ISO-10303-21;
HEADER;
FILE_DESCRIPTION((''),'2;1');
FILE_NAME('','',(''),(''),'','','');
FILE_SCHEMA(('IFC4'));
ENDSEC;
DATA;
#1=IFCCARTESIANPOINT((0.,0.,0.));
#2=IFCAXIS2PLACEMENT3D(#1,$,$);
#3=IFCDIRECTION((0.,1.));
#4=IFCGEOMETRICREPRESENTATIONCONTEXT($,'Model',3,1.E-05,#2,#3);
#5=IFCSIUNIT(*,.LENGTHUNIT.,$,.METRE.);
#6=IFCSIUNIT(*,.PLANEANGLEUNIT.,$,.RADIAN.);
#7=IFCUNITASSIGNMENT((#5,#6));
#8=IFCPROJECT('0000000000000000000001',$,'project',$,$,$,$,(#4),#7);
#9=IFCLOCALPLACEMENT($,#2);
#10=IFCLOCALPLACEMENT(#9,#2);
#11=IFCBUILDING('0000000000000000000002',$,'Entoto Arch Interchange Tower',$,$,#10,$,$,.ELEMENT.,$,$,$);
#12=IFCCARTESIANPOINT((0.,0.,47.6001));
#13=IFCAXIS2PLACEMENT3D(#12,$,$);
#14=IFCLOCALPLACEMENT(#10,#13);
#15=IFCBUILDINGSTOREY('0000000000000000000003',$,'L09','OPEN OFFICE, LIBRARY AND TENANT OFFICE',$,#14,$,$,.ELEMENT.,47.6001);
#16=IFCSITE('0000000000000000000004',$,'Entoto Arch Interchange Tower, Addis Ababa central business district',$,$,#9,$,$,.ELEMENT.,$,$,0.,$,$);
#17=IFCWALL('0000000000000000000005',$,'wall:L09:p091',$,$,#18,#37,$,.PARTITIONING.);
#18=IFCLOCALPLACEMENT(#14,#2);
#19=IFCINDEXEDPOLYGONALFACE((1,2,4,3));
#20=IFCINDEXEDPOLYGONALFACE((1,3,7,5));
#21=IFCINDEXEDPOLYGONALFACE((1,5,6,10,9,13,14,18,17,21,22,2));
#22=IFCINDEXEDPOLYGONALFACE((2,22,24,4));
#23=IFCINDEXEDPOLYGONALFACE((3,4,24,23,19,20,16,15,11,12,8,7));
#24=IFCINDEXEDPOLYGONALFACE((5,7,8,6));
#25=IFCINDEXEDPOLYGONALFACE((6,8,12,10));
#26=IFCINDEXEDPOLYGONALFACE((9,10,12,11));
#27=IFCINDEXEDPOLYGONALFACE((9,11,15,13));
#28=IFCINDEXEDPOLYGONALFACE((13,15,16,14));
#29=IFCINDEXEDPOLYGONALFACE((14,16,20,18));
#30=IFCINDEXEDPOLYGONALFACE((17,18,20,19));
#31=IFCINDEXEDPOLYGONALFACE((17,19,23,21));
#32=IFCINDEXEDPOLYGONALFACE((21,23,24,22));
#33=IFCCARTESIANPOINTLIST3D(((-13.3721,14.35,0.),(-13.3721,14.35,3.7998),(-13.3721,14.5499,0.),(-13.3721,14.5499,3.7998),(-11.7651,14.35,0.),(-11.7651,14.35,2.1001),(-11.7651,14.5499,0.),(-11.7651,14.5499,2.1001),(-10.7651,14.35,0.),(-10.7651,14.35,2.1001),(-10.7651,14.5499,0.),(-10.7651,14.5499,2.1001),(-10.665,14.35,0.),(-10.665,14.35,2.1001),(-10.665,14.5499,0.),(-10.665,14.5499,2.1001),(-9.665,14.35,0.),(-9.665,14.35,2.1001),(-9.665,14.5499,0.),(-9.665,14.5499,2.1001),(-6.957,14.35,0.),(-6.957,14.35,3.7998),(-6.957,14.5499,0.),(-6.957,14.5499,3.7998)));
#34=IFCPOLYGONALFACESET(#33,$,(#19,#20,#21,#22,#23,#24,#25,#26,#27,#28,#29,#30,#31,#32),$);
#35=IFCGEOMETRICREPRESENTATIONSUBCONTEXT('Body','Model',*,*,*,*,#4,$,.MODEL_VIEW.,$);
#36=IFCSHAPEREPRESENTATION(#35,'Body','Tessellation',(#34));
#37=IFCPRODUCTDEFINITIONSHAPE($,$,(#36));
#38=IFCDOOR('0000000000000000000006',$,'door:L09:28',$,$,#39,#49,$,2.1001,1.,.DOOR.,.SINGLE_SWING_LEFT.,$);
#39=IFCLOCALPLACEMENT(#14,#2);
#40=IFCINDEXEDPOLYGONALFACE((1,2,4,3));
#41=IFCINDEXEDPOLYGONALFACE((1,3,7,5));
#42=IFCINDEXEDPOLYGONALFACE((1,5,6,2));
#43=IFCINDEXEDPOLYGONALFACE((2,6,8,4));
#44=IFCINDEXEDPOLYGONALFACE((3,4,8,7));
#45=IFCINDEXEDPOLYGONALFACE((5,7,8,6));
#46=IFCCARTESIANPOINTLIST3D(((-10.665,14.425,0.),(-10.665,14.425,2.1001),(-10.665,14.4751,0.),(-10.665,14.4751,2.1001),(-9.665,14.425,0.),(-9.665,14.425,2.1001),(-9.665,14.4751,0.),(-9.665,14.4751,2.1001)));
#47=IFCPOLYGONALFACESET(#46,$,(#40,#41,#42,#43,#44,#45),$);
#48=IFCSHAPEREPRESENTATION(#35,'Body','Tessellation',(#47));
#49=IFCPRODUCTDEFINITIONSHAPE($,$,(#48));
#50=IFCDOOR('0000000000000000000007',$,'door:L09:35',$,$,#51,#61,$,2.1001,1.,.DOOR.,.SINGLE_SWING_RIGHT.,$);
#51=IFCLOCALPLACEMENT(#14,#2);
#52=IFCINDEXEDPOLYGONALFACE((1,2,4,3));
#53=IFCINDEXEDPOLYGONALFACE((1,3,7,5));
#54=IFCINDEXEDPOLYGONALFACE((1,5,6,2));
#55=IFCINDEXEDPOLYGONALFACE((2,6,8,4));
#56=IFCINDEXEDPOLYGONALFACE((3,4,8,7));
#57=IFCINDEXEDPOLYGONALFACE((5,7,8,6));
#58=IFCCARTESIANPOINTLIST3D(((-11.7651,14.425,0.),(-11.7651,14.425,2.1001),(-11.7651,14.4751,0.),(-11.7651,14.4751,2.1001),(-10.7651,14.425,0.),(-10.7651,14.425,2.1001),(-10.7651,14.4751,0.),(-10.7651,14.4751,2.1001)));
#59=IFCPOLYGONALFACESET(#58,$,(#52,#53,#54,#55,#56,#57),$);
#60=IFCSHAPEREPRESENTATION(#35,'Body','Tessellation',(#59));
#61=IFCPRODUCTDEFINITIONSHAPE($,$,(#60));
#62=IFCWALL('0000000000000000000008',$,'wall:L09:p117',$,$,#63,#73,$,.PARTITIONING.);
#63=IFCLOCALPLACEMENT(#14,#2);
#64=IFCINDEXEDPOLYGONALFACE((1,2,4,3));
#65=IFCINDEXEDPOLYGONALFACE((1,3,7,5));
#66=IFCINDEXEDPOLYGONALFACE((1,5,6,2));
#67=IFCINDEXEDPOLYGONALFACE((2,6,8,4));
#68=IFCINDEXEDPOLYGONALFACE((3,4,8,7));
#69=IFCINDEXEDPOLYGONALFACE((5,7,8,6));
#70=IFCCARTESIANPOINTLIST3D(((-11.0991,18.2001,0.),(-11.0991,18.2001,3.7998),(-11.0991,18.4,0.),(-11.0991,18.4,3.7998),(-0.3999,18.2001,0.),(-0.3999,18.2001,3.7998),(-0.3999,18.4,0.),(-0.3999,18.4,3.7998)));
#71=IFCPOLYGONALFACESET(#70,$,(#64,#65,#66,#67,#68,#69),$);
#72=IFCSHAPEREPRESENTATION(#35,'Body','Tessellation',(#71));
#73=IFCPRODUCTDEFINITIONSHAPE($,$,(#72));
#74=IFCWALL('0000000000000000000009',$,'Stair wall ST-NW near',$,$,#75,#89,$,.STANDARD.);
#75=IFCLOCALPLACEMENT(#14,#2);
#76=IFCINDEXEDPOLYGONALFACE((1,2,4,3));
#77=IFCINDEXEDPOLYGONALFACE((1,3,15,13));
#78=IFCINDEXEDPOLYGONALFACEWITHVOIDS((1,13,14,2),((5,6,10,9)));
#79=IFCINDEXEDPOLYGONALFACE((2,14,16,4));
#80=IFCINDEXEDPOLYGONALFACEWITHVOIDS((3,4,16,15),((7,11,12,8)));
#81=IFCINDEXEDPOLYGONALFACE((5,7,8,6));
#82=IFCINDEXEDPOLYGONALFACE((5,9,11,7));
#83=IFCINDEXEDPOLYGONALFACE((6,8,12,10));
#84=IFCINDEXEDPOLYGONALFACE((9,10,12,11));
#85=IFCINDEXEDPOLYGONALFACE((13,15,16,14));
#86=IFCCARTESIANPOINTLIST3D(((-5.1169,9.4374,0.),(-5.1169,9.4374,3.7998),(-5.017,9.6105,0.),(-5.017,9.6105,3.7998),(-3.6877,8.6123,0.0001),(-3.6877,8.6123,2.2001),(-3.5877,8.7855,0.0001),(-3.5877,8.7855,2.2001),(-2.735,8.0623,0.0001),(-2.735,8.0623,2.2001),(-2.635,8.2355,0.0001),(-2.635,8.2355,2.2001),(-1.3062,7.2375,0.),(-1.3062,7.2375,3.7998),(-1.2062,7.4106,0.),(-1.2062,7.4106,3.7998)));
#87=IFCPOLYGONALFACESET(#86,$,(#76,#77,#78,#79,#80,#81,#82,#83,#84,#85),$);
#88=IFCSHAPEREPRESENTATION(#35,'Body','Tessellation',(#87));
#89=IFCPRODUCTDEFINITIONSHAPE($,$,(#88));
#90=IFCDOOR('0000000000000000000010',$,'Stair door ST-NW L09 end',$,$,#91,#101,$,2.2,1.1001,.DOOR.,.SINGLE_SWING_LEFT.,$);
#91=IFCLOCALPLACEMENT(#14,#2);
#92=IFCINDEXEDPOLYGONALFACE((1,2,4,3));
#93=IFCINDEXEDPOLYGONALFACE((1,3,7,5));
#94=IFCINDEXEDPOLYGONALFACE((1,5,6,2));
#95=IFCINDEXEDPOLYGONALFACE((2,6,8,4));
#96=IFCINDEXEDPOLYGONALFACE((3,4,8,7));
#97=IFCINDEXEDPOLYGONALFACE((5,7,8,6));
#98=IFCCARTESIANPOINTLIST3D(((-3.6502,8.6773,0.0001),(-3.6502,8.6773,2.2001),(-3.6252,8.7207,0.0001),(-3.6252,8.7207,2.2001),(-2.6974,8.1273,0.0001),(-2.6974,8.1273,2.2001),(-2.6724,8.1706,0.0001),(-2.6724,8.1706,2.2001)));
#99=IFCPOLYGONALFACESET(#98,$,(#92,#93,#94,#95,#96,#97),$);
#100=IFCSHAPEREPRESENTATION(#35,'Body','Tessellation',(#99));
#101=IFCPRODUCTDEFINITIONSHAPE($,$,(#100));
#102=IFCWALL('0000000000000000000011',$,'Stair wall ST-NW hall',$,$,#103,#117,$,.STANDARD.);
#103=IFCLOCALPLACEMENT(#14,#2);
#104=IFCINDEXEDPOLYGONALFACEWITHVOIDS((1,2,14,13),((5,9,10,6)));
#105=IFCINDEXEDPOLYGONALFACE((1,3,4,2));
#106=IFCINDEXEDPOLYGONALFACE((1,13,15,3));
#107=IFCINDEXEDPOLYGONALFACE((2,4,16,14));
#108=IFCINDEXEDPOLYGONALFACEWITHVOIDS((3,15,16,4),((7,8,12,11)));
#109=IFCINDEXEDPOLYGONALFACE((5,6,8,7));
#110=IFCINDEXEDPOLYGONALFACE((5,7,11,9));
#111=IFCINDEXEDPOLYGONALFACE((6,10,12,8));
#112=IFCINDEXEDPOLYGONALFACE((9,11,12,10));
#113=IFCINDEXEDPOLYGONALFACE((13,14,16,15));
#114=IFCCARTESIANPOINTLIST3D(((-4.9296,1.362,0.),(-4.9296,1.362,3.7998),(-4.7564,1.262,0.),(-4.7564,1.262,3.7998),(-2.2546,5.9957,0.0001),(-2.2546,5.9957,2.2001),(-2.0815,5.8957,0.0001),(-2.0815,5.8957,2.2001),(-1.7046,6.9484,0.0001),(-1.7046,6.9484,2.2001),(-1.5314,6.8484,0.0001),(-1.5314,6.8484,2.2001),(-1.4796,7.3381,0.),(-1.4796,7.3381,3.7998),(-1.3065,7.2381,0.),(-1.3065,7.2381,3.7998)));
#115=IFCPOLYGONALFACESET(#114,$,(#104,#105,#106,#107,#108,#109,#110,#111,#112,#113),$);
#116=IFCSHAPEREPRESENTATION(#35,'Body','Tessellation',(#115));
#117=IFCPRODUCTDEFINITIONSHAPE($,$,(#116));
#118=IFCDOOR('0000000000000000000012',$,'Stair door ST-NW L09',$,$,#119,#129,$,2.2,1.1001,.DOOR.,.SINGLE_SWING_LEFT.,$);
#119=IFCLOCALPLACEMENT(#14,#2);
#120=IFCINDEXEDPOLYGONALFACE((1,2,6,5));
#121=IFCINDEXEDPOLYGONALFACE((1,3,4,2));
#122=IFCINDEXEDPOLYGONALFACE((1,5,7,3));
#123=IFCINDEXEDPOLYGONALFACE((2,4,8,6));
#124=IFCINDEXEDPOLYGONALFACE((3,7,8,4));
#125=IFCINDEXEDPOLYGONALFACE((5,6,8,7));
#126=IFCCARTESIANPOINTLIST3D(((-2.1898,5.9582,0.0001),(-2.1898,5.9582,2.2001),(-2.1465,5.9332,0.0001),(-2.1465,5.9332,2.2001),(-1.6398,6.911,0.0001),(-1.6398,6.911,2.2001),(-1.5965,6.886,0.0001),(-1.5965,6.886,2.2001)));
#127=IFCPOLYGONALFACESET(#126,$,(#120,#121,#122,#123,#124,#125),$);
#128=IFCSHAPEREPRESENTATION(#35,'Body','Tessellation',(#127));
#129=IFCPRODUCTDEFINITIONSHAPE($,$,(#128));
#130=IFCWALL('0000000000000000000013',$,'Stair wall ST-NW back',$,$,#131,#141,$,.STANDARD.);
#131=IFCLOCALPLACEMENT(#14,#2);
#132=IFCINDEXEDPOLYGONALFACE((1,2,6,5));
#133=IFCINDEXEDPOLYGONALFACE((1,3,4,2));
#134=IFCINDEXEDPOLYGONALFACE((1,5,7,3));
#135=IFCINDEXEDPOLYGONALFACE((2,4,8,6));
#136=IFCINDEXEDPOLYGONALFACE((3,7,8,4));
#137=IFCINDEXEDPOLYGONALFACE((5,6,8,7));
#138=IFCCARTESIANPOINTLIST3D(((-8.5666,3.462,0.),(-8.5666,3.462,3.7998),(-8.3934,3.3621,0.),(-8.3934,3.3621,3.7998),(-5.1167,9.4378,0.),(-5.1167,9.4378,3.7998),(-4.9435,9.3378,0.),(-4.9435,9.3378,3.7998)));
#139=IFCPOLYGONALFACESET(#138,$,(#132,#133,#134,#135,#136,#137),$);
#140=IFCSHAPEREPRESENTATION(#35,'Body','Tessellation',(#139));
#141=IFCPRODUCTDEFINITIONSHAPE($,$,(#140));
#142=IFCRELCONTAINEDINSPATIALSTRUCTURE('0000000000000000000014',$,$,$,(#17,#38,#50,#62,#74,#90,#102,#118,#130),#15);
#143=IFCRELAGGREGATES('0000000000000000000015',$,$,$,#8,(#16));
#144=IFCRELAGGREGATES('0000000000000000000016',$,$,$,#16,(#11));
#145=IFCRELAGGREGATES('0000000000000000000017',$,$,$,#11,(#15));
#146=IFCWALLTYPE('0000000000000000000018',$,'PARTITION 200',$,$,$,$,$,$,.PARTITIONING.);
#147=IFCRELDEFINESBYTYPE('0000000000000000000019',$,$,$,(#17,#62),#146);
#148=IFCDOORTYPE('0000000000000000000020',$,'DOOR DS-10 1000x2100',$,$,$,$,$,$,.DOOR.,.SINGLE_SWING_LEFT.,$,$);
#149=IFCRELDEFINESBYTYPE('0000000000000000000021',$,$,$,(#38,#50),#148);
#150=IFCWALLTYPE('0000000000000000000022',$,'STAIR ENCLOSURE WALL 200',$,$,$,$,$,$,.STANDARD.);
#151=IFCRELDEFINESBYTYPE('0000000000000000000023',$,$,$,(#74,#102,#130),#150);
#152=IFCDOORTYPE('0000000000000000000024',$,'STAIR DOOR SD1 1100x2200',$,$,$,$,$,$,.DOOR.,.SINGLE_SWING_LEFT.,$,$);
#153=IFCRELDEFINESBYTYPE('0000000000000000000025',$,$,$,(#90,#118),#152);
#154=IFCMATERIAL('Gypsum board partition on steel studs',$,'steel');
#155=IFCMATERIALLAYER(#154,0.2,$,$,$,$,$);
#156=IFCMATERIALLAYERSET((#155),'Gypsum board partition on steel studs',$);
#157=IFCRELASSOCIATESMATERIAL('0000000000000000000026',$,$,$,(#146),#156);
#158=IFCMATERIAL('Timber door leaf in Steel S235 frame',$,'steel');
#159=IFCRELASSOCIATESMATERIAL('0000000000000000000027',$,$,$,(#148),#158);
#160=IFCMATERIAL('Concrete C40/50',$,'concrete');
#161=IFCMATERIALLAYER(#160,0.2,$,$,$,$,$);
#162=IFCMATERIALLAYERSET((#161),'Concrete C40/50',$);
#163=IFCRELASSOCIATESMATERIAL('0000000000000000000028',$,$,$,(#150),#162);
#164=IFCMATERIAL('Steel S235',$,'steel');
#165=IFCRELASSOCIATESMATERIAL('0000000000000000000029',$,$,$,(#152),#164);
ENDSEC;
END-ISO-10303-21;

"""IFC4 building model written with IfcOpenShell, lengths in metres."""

from ifc_helpers import new_model, si_unit, direction, frame, frame_2d, origin, place, context, subcontext, project, spatial, rectangle, extrude, material, layer, layer_set, type_object, element, fill, save


model = new_model("IFC4")

# Units and contexts
model_context = context("Model", 3, precision=1e-05, world=origin(), true_north=direction((0.0, 1.0)))
body_context = subcontext(model_context, "Body", "Model", "MODEL_VIEW")
ifc_project = project(units=[si_unit("LENGTHUNIT", "METRE"), si_unit("PLANEANGLEUNIT", "RADIAN")], contexts=[model_context])

# Site, building, storey
site_placement = place(None, origin())
site = spatial("IfcSite", under=ifc_project, at=site_placement, Name="Entoto Arch Interchange Tower, Addis Ababa central business district", CompositionType="ELEMENT", RefElevation=0.0)
building_placement = place(site_placement, origin())
building = spatial("IfcBuilding", under=site, at=building_placement, Name="Entoto Arch Interchange Tower", CompositionType="ELEMENT")
storey_placement = place(building_placement, frame((0.0, 0.0, 47.6001)))
storey = spatial("IfcBuildingStorey", under=building, at=storey_placement, Name="L09", Description="OPEN OFFICE, LIBRARY AND TENANT OFFICE", CompositionType="ELEMENT", Elevation=47.6001)

# Shared definitions
ifc_material_1 = material(Name="Concrete C40/50", Category="concrete")

# Shared definitions
ifc_material_2 = material(Name="Gypsum board partition on steel studs", Category="steel")
ifc_layer_1 = layer(ifc_material_2, 0.2)
ifc_layer_set_1 = layer_set([ifc_layer_1], Name="Gypsum board partition on steel studs")
wall_type_1 = type_object("IfcWallType", Name="PARTITION 200", PredefinedType="PARTITIONING", material=ifc_layer_set_1)

# Wall, openings, doors
wall_1_placement = place(storey_placement, frame((-6.957, 14.45, 0.0), z_axis=(0.0, 0.0, 1.0), x_axis=(-1.0, 0.0, 0.0)))
wall_1 = element("IfcWall", 1, at=wall_1_placement, inside=storey, type_object=wall_type_1, Name="wall:L09:p091", PredefinedType="PARTITIONING", context=body_context, shape_type="SweptSolid", body=[
    extrude(rectangle(XDim=6.415, YDim=0.2, at=frame_2d((3.2075, 0.0))), origin(), (0.0, 0.0, 1.0), 3.7998),
])
opening_1_placement = place(wall_1_placement, frame((2.708, 0.0, 0.0)))
opening_1 = element("IfcOpeningElement", 2, at=opening_1_placement, cuts=wall_1, PredefinedType="OPENING", context=body_context, shape_type="SweptSolid", body=[
    extrude(rectangle(XDim=1.0, YDim=2.1001, at=frame_2d((0.5, 1.05))), frame((0.0, 0.1099, 0.0), z_axis=(0.0, -1.0, 0.0), x_axis=(1.0, 0.0, 0.0)), (0.0, 0.0, 1.0), 0.22),
])
opening_2_placement = place(wall_1_placement, frame((3.8081, 0.0, 0.0)))
opening_2 = element("IfcOpeningElement", 3, at=opening_2_placement, cuts=wall_1, PredefinedType="OPENING", context=body_context, shape_type="SweptSolid", body=[
    extrude(rectangle(XDim=1.0, YDim=2.1001, at=frame_2d((0.5, 1.05))), frame((0.0, 0.1099, 0.0), z_axis=(0.0, -1.0, 0.0), x_axis=(1.0, 0.0, 0.0)), (0.0, 0.0, 1.0), 0.22),
])
ifc_material_3 = material(Name="Timber door leaf in Steel S235 frame", Category="steel")
door_type_1 = type_object("IfcDoorType", Name="DOOR DS-10 1000x2100", OperationType="SINGLE_SWING_LEFT", PredefinedType="DOOR", material=ifc_material_3)
door_1_placement = place(opening_1_placement, origin())
door_1 = element("IfcDoor", 4, at=door_1_placement, inside=storey, type_object=door_type_1, Name="door:L09:28", OperationType="SINGLE_SWING_LEFT", OverallHeight=2.1001, OverallWidth=1.0, PredefinedType="DOOR", context=body_context, shape_type="SweptSolid", body=[
    extrude(rectangle(XDim=1.0, YDim=2.1001, at=frame_2d((0.5, 1.05))), frame((0.0, 0.0249, 0.0), z_axis=(0.0, -1.0, 0.0), x_axis=(1.0, 0.0, 0.0)), (0.0, 0.0, 1.0), 0.05),
])
fill(opening_1, door_1)
door_2_placement = place(opening_2_placement, origin())
door_2 = element("IfcDoor", 5, at=door_2_placement, inside=storey, type_object=door_type_1, Name="door:L09:35", OperationType="SINGLE_SWING_RIGHT", OverallHeight=2.1001, OverallWidth=1.0, PredefinedType="DOOR", context=body_context, shape_type="SweptSolid", body=[
    extrude(rectangle(XDim=1.0, YDim=2.1001, at=frame_2d((0.5, 1.05))), frame((0.0, 0.0249, 0.0), z_axis=(0.0, -1.0, 0.0), x_axis=(1.0, 0.0, 0.0)), (0.0, 0.0, 1.0), 0.05),
])
fill(opening_2, door_2)

# Wall
wall_2_placement = place(storey_placement, frame((-11.0991, 18.3, 0.0), z_axis=(0.0, 0.0, 1.0), x_axis=(1.0, 0.0, 0.0)))
element("IfcWall", 6, at=wall_2_placement, inside=storey, type_object=wall_type_1, Name="wall:L09:p117", PredefinedType="PARTITIONING", context=body_context, shape_type="SweptSolid", body=[
    extrude(rectangle(XDim=10.6992, YDim=0.2, at=frame_2d((5.3496, 0.0))), origin(), (0.0, 0.0, 1.0), 3.7998),
])

# Walls, openings, doors
ifc_layer_2 = layer(ifc_material_1, 0.2)
ifc_layer_set_2 = layer_set([ifc_layer_2], Name="Concrete C40/50")
wall_type_2 = type_object("IfcWallType", Name="STAIR ENCLOSURE WALL 200", PredefinedType="STANDARD", material=ifc_layer_set_2)
wall_3_placement = place(storey_placement, frame((-1.2561, 7.324, 0.0), z_axis=(0.0, 0.0, 1.0), x_axis=(-0.866046, 0.499964, 0.0)))
wall_3 = element("IfcWall", 7, at=wall_3_placement, inside=storey, type_object=wall_type_2, Name="Stair wall ST-NW near", PredefinedType="STANDARD", context=body_context, shape_type="SweptSolid", body=[
    extrude(rectangle(XDim=4.4001, YDim=0.2, at=frame_2d((2.2002, 0.0))), origin(), (0.0, 0.0, 1.0), 3.7998),
])
opening_3_placement = place(wall_3_placement, frame((1.6499, 0.0, 0.0)))
opening_3 = element("IfcOpeningElement", 8, at=opening_3_placement, cuts=wall_3, PredefinedType="OPENING", context=body_context, shape_type="SweptSolid", body=[
    extrude(rectangle(XDim=1.1001, YDim=2.2, at=frame_2d((0.55, 1.1001))), frame((0.0, 0.1099, 0.0), z_axis=(0.0, -1.0, 0.0), x_axis=(1.0, 0.0, 0.0)), (0.0, 0.0, 1.0), 0.22),
])
ifc_material_4 = material(Name="Steel S235", Category="steel")
door_type_2 = type_object("IfcDoorType", Name="STAIR DOOR SD1 1100x2200", OperationType="SINGLE_SWING_LEFT", PredefinedType="DOOR", material=ifc_material_4)
door_3_placement = place(opening_3_placement, origin())
door_3 = element("IfcDoor", 9, at=door_3_placement, inside=storey, type_object=door_type_2, Name="Stair door ST-NW L09 end", OperationType="SINGLE_SWING_LEFT", OverallHeight=2.2, OverallWidth=1.1001, PredefinedType="DOOR", context=body_context, shape_type="SweptSolid", body=[
    extrude(rectangle(XDim=1.1001, YDim=2.2, at=frame_2d((0.55, 1.1001))), frame((0.0, 0.0249, 0.0), z_axis=(0.0, -1.0, 0.0), x_axis=(1.0, 0.0, 0.0)), (0.0, 0.0, 1.0), 0.05),
])
fill(opening_3, door_3)
wall_4_placement = place(storey_placement, frame((-1.3931, 7.2881, 0.0), z_axis=(0.0, 0.0, 1.0), x_axis=(-0.499963, -0.866047, 0.0)))
wall_4 = element("IfcWall", 10, at=wall_4_placement, inside=storey, type_object=wall_type_2, Name="Stair wall ST-NW hall", PredefinedType="STANDARD", context=body_context, shape_type="SweptSolid", body=[
    extrude(rectangle(XDim=6.9004, YDim=0.2, at=frame_2d((3.4502, 0.0))), origin(), (0.0, 0.0, 1.0), 3.7998),
])
opening_4_placement = place(wall_4_placement, frame((0.45, 0.0, 0.0)))
opening_4 = element("IfcOpeningElement", 11, at=opening_4_placement, cuts=wall_4, PredefinedType="OPENING", context=body_context, shape_type="SweptSolid", body=[
    extrude(rectangle(XDim=1.1001, YDim=2.2, at=frame_2d((0.55, 1.1001))), frame((0.0, 0.1099, 0.0), z_axis=(0.0, -1.0, 0.0), x_axis=(1.0, 0.0, 0.0)), (0.0, 0.0, 1.0), 0.22),
])
door_4_placement = place(opening_4_placement, origin())
door_4 = element("IfcDoor", 12, at=door_4_placement, inside=storey, type_object=door_type_2, Name="Stair door ST-NW L09", OperationType="SINGLE_SWING_LEFT", OverallHeight=2.2, OverallWidth=1.1001, PredefinedType="DOOR", context=body_context, shape_type="SweptSolid", body=[
    extrude(rectangle(XDim=1.1001, YDim=2.2, at=frame_2d((0.55, 1.1001))), frame((0.0, 0.0249, 0.0), z_axis=(0.0, -1.0, 0.0), x_axis=(1.0, 0.0, 0.0)), (0.0, 0.0, 1.0), 0.05),
])
fill(opening_4, door_4)

# Wall
wall_5_placement = place(storey_placement, frame((-5.03, 9.3879, 0.0), z_axis=(0.0, 0.0, 1.0), x_axis=(-0.499979, -0.866038, 0.0)))
element("IfcWall", 13, at=wall_5_placement, inside=storey, type_object=wall_type_2, Name="Stair wall ST-NW back", PredefinedType="STANDARD", context=body_context, shape_type="SweptSolid", body=[
    extrude(rectangle(XDim=6.9001, YDim=0.2, at=frame_2d((3.4502, 0.0))), origin(), (0.0, 0.0, 1.0), 3.7998),
])

save(model, "model.ifc")
